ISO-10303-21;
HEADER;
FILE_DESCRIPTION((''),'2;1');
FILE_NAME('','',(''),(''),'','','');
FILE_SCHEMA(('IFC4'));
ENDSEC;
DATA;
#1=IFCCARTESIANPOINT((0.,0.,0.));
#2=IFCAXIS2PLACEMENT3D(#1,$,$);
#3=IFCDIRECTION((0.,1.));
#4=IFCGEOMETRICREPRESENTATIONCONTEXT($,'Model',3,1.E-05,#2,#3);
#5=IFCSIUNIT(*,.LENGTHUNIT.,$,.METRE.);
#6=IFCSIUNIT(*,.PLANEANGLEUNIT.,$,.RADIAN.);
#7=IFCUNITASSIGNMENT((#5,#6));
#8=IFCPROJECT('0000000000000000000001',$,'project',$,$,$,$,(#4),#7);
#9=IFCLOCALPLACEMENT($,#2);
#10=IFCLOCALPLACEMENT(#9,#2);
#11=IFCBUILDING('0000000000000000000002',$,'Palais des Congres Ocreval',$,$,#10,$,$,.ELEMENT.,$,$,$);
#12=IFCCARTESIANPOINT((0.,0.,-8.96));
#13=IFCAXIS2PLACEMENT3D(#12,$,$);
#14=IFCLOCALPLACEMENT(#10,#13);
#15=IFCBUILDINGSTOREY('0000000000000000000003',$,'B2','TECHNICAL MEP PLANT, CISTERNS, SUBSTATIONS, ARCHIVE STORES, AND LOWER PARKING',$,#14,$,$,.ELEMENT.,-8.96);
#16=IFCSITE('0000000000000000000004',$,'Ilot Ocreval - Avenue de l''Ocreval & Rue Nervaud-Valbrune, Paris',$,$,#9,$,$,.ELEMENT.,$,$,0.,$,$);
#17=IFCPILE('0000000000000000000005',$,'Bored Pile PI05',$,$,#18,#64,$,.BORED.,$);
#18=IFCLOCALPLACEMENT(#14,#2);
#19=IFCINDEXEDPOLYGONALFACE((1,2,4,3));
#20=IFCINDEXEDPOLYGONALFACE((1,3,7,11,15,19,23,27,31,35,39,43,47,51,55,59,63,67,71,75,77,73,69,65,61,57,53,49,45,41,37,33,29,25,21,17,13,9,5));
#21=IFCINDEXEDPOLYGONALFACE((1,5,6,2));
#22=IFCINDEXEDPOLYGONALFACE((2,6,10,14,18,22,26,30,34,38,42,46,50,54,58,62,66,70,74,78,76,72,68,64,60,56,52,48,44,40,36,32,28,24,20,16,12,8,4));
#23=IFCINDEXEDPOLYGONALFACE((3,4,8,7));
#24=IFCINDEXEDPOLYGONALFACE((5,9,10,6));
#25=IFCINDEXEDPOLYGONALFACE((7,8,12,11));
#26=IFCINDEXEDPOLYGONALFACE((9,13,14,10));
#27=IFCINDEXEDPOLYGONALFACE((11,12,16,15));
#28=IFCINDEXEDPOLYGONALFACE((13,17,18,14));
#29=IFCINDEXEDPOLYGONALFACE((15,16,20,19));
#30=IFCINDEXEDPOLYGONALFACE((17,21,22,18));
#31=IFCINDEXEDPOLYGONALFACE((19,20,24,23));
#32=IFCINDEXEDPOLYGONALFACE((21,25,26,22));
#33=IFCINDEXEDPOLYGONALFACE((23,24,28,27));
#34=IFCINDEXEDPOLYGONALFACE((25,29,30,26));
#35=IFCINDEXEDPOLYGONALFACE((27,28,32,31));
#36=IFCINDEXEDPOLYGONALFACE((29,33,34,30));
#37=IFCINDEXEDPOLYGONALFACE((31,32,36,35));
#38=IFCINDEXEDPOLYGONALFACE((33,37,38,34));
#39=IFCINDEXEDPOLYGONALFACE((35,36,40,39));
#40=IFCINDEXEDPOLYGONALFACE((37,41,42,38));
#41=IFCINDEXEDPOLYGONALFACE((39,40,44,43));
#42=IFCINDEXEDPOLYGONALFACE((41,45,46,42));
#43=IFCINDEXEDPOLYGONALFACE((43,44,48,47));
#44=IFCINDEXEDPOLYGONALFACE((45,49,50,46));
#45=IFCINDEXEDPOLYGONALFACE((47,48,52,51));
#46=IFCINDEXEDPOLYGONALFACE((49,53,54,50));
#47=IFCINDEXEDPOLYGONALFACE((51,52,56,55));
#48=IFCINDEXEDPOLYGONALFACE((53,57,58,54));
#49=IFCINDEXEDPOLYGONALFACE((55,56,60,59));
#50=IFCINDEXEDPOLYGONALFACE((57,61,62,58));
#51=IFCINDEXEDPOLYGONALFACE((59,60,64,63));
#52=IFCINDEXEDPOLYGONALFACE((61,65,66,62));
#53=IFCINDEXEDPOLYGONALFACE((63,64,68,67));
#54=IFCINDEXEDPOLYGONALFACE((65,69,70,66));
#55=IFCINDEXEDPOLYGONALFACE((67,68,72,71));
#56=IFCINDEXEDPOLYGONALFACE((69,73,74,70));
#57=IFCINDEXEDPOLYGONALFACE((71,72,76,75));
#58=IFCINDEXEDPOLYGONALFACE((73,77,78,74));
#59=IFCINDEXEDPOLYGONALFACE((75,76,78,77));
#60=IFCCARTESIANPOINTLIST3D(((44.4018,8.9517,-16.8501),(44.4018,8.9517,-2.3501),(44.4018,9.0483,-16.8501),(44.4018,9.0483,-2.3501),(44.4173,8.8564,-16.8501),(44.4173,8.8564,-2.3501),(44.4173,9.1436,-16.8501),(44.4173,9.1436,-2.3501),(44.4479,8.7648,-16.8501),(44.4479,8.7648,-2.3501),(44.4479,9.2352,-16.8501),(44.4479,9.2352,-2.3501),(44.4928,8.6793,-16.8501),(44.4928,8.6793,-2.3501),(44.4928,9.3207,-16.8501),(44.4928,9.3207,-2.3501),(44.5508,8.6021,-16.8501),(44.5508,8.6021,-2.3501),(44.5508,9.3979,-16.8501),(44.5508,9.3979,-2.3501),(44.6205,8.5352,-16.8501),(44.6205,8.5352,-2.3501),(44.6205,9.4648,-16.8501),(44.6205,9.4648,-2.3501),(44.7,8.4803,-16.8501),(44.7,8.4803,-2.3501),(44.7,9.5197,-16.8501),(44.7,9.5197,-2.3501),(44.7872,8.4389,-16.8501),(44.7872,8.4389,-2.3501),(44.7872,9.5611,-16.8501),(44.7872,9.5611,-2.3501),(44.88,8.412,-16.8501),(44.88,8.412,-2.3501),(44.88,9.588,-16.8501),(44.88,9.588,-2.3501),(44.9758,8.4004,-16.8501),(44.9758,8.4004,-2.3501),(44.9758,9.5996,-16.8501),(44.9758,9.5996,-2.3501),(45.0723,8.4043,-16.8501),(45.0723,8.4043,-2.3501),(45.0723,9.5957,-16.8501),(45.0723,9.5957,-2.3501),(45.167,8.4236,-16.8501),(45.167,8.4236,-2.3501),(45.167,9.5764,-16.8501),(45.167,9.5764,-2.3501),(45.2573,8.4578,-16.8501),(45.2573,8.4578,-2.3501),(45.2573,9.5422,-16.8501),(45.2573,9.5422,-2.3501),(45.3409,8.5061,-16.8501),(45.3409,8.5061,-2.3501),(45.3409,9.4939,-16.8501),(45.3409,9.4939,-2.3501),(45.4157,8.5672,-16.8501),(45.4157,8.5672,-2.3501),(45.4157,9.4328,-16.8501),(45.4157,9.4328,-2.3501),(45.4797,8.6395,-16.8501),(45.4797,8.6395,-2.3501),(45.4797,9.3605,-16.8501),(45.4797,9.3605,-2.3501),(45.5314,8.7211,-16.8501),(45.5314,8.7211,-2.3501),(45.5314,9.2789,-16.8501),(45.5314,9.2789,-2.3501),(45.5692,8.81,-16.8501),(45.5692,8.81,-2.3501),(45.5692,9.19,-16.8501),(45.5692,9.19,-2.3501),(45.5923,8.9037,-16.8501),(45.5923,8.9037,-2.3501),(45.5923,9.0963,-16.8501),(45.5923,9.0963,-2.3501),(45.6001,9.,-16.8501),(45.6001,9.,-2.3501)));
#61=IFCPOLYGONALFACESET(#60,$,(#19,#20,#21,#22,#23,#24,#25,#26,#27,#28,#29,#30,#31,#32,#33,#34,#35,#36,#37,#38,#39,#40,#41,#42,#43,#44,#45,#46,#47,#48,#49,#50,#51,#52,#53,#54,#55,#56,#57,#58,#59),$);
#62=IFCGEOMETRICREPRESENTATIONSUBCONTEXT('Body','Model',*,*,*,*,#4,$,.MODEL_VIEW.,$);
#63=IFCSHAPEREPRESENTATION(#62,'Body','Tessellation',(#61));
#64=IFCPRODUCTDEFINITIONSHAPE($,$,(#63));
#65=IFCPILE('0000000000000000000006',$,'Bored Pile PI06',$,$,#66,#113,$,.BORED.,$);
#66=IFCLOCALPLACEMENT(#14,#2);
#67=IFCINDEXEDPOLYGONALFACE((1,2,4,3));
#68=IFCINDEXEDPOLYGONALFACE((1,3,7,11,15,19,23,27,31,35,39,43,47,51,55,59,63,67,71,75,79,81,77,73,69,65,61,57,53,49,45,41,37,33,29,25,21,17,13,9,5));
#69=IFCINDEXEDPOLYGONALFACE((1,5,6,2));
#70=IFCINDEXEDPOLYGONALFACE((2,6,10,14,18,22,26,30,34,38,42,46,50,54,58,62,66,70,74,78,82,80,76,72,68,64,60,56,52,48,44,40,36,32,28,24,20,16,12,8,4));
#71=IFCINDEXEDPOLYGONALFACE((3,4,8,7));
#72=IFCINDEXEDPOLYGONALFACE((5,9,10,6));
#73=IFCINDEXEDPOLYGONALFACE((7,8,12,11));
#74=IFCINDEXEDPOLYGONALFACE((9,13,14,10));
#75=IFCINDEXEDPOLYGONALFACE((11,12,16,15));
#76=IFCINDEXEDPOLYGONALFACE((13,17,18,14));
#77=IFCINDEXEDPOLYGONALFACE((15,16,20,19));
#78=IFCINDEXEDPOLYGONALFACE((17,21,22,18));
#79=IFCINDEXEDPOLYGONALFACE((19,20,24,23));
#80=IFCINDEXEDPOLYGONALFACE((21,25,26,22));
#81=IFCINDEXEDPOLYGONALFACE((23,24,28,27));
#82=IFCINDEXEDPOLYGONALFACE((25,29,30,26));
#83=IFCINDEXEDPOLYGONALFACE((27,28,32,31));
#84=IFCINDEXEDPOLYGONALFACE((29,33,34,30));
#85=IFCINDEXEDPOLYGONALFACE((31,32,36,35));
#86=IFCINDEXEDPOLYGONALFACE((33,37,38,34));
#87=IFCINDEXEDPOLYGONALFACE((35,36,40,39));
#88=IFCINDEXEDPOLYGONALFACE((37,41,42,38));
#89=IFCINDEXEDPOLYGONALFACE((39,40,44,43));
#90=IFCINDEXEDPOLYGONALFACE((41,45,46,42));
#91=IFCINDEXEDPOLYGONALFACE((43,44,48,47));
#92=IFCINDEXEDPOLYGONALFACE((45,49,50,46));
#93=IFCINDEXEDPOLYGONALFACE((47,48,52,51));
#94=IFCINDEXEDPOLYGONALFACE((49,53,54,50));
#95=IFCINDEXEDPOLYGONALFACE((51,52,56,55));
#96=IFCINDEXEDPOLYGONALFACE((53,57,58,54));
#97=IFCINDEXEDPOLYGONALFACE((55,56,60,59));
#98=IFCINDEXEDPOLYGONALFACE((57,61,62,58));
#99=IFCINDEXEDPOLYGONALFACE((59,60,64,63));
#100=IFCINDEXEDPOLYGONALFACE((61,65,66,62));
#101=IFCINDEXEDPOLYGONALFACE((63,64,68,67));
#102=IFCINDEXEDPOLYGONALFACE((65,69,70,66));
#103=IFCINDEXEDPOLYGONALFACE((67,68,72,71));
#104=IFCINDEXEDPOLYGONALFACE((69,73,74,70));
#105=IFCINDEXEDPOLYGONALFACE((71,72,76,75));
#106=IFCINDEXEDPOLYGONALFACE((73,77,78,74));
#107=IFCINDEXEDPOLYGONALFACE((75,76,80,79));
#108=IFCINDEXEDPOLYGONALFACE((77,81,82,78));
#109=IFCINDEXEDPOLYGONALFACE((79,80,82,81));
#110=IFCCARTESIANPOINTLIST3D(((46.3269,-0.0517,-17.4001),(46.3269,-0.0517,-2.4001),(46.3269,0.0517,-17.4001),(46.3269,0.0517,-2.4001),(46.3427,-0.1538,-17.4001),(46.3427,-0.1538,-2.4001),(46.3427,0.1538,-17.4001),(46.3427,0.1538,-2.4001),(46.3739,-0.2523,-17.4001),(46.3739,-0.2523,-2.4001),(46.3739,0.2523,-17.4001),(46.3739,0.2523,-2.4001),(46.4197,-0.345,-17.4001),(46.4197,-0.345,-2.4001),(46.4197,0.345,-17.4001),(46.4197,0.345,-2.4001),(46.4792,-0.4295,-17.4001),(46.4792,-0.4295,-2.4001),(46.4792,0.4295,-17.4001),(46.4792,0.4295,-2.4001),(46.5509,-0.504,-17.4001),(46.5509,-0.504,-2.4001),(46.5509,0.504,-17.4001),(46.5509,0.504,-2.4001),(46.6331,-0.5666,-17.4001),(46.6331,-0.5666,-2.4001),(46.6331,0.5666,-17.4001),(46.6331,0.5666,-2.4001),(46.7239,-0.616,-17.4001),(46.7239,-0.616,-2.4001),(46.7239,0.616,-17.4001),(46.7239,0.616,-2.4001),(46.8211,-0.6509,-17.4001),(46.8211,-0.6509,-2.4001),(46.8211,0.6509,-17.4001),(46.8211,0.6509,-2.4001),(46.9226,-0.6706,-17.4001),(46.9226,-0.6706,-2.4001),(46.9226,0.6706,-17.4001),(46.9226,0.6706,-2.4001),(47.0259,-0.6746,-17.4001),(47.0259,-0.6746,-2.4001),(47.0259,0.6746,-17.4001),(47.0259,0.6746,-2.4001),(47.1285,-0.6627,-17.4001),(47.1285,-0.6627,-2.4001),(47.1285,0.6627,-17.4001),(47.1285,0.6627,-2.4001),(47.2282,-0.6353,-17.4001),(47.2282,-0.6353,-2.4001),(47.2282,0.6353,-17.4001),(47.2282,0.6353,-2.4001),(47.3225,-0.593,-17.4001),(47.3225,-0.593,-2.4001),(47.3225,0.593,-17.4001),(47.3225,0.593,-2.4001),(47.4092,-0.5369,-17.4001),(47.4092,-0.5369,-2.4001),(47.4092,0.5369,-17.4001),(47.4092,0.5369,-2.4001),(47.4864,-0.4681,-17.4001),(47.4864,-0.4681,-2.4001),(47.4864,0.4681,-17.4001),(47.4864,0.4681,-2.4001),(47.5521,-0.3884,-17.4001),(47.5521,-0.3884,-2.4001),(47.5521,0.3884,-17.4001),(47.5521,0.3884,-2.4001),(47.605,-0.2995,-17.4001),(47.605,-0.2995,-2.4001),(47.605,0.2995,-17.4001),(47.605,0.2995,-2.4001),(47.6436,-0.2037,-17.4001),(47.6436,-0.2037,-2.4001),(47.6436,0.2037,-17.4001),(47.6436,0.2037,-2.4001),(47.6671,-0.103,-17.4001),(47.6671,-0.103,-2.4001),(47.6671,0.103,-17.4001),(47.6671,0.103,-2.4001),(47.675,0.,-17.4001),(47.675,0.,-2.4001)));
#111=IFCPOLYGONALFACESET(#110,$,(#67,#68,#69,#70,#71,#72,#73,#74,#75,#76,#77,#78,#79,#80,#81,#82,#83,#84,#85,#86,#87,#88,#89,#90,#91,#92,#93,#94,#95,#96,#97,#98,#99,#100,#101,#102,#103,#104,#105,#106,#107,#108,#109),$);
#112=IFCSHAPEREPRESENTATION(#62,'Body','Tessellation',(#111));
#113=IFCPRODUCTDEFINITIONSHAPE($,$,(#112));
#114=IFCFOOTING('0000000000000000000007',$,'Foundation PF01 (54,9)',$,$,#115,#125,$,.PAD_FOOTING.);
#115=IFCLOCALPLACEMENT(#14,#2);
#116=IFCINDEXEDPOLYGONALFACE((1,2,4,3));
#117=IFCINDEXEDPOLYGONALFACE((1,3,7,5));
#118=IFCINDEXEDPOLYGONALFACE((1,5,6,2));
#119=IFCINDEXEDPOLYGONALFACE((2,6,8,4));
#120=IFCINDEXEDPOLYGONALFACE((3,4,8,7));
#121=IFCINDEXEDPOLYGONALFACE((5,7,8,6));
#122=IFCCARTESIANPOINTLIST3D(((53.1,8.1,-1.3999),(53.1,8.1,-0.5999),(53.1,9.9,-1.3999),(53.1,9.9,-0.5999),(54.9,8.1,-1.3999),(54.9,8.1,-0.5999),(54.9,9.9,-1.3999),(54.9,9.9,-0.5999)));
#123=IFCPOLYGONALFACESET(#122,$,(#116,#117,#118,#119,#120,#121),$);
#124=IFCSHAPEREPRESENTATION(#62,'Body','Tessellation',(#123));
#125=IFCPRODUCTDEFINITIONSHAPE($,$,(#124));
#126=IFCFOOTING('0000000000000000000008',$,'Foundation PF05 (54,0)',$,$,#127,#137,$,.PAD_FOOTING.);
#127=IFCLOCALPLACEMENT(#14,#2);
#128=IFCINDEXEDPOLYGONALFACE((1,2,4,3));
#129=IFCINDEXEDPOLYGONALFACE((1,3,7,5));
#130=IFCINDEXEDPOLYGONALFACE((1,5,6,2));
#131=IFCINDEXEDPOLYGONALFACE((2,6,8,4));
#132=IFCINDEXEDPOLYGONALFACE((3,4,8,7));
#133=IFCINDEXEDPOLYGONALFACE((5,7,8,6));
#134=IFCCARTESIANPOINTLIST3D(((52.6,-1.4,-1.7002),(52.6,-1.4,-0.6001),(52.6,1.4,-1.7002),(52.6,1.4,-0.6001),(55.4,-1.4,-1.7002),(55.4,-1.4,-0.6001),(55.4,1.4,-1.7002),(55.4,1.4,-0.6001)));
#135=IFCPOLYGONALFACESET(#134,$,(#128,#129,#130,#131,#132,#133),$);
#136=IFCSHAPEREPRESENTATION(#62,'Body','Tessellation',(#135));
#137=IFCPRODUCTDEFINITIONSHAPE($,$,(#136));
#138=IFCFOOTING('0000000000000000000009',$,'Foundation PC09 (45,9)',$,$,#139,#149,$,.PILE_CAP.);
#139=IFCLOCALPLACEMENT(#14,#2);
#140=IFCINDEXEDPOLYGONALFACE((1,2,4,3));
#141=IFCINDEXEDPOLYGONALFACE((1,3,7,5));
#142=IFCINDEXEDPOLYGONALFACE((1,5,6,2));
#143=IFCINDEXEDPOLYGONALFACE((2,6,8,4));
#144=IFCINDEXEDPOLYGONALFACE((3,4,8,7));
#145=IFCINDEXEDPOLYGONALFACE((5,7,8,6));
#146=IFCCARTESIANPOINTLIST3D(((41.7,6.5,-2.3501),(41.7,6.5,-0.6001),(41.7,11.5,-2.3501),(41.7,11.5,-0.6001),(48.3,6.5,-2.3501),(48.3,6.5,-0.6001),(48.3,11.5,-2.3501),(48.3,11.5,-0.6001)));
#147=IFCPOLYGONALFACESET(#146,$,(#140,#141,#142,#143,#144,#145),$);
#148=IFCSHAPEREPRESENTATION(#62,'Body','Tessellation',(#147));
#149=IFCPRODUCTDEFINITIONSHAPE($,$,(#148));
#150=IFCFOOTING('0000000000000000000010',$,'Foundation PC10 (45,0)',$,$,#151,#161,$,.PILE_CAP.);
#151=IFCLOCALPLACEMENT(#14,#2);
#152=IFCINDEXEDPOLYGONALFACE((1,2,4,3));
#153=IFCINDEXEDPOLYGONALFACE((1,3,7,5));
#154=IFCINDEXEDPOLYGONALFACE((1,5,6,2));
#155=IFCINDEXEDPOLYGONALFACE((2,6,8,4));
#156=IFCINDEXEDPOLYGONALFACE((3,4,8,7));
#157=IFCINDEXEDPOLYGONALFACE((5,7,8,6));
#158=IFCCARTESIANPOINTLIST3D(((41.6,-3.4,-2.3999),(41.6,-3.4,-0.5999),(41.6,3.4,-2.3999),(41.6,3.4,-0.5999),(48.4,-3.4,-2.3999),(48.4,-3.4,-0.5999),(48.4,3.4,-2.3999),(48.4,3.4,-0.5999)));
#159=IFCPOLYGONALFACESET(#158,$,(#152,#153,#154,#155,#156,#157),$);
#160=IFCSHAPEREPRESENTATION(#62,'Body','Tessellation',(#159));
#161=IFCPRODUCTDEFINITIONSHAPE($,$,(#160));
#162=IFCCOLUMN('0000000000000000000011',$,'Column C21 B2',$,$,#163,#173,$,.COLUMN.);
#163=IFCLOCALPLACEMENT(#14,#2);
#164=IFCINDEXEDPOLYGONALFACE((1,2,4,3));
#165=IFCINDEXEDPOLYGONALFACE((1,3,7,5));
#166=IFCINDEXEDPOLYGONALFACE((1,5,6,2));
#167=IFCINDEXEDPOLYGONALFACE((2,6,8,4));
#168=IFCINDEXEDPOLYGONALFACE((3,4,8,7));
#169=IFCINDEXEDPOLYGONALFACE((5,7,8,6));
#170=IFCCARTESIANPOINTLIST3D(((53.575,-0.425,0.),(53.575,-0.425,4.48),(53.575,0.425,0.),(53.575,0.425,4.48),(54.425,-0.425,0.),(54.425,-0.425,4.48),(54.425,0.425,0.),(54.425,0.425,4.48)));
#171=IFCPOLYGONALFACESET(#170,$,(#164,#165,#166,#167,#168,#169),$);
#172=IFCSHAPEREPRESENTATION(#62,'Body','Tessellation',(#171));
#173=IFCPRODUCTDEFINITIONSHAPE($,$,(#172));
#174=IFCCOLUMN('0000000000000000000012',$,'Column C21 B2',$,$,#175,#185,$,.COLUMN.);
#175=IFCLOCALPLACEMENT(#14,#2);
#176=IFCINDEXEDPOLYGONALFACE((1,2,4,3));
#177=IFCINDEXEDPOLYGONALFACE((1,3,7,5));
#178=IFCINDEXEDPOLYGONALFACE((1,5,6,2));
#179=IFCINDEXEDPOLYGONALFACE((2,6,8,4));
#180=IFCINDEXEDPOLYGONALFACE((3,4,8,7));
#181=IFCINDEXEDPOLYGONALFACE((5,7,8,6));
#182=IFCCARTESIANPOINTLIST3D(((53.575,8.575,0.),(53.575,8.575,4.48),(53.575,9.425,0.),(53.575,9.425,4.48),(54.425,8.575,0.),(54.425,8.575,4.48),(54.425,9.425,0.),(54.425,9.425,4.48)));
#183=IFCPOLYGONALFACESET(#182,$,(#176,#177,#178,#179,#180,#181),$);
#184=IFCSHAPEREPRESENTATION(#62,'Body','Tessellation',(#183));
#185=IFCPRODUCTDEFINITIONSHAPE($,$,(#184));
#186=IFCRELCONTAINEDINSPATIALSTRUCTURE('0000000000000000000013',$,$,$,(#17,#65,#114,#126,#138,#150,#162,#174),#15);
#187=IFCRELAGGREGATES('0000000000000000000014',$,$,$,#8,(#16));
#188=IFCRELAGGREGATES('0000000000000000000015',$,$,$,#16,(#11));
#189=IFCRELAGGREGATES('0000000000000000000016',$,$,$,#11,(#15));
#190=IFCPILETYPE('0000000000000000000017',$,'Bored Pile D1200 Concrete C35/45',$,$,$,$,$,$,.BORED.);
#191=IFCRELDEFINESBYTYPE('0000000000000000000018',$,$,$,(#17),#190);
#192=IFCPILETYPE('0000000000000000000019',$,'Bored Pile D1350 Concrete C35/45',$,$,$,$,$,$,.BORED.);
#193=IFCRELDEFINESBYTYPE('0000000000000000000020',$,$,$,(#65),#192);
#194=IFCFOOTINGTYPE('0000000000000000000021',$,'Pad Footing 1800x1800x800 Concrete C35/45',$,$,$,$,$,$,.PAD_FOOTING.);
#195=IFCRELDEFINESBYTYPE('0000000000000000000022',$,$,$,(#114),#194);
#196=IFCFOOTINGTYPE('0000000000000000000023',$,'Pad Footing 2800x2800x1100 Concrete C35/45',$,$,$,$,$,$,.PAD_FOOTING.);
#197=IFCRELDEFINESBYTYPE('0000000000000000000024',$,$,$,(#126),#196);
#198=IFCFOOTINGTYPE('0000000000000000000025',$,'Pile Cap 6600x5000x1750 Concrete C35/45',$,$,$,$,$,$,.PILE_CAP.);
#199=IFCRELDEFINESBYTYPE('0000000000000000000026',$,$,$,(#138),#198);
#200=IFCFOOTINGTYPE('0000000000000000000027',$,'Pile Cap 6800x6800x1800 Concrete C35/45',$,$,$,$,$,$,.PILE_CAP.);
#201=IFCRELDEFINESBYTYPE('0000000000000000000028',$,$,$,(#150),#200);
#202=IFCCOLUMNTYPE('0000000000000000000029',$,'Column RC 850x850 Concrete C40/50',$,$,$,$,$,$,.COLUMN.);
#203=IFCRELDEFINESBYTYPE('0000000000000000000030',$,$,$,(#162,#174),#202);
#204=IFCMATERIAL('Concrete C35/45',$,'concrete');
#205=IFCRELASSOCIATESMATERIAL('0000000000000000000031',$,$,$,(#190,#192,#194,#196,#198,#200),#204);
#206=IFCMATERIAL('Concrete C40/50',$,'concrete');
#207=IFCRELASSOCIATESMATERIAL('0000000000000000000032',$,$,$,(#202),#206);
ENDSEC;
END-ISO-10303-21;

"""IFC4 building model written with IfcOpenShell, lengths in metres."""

from ifc_helpers import new_model, si_unit, direction, frame, origin, origin_2d, place, context, subcontext, project, spatial, rectangle, circle, extrude, material, material_profile, profile_set, type_object, element, save


model = new_model("IFC4")

# Units and contexts
model_context = context("Model", 3, precision=1e-05, world=origin(), true_north=direction((0.0, 1.0)))
body_context = subcontext(model_context, "Body", "Model", "MODEL_VIEW")
ifc_project = project(units=[si_unit("LENGTHUNIT", "METRE"), si_unit("PLANEANGLEUNIT", "RADIAN")], contexts=[model_context])

# Site, building, storey
site_placement = place(None, origin())
site = spatial("IfcSite", under=ifc_project, at=site_placement, Name="Ilot Ocreval - Avenue de l'Ocreval & Rue Nervaud-Valbrune, Paris", CompositionType="ELEMENT", RefElevation=0.0)
building_placement = place(site_placement, origin())
building = spatial("IfcBuilding", under=site, at=building_placement, Name="Palais des Congres Ocreval", CompositionType="ELEMENT")
storey_placement = place(building_placement, frame((0.0, 0.0, -8.96)))
storey = spatial("IfcBuildingStorey", under=building, at=storey_placement, Name="B2", Description="TECHNICAL MEP PLANT, CISTERNS, SUBSTATIONS, ARCHIVE STORES, AND LOWER PARKING", CompositionType="ELEMENT", Elevation=-8.96)

# Piles
ifc_material_1 = material(Name="Concrete C35/45", Category="concrete")
ifc_material_profile_1 = material_profile(ifc_material_1, circle(Radius=0.6001, at=origin_2d()), Name="BORED PILE 1200")
ifc_profile_set_1 = profile_set([ifc_material_profile_1], Name="Concrete C35/45")
pile_type_1 = type_object("IfcPileType", Name="Bored Pile D1200 Concrete C35/45", PredefinedType="BORED", material=ifc_profile_set_1)
pile_1_placement = place(storey_placement, frame((45.0, 9.0, -2.3501), z_axis=(0.0, 0.0, -1.0), x_axis=(1.0, 0.0, 0.0)))
element("IfcPile", 1, at=pile_1_placement, inside=storey, type_object=pile_type_1, Name="Bored Pile PI05", PredefinedType="BORED", context=body_context, shape_type="SweptSolid", body=[
    extrude(circle(Radius=0.6001, at=origin_2d()), origin(), (0.0, 0.0, 1.0), 14.5),
])
ifc_material_profile_2 = material_profile(ifc_material_1, circle(Radius=0.675, at=origin_2d()), Name="BORED PILE 1350")
ifc_profile_set_2 = profile_set([ifc_material_profile_2], Name="Concrete C35/45")
pile_type_2 = type_object("IfcPileType", Name="Bored Pile D1350 Concrete C35/45", PredefinedType="BORED", material=ifc_profile_set_2)
pile_2_placement = place(storey_placement, frame((47.0, 0.0, -2.4001), z_axis=(0.0, 0.0, -1.0), x_axis=(1.0, 0.0, 0.0)))
element("IfcPile", 2, at=pile_2_placement, inside=storey, type_object=pile_type_2, Name="Bored Pile PI06", PredefinedType="BORED", context=body_context, shape_type="SweptSolid", body=[
    extrude(circle(Radius=0.675, at=origin_2d()), origin(), (0.0, 0.0, 1.0), 15.0),
])

# Footings
footing_type_1 = type_object("IfcFootingType", Name="Pad Footing 1800x1800x800 Concrete C35/45", PredefinedType="PAD_FOOTING", material=ifc_material_1)
footing_1_placement = place(storey_placement, frame((54.0, 9.0, -1.3999), z_axis=(0.0, 0.0, 1.0), x_axis=(1.0, 0.0, 0.0)))
element("IfcFooting", 3, at=footing_1_placement, inside=storey, type_object=footing_type_1, Name="Foundation PF01 (54,9)", PredefinedType="PAD_FOOTING", context=body_context, shape_type="SweptSolid", body=[
    extrude(rectangle(XDim=1.8, YDim=1.8, at=origin_2d()), origin(), (0.0, 0.0, 1.0), 0.8),
])
footing_type_2 = type_object("IfcFootingType", Name="Pad Footing 2800x2800x1100 Concrete C35/45", PredefinedType="PAD_FOOTING", material=ifc_material_1)
footing_2_placement = place(storey_placement, frame((54.0, 0.0, -1.7002), z_axis=(0.0, 0.0, 1.0), x_axis=(1.0, 0.0, 0.0)))
element("IfcFooting", 4, at=footing_2_placement, inside=storey, type_object=footing_type_2, Name="Foundation PF05 (54,0)", PredefinedType="PAD_FOOTING", context=body_context, shape_type="SweptSolid", body=[
    extrude(rectangle(XDim=2.8, YDim=2.8, at=origin_2d()), origin(), (0.0, 0.0, 1.0), 1.1001),
])
footing_type_3 = type_object("IfcFootingType", Name="Pile Cap 6600x5000x1750 Concrete C35/45", PredefinedType="PILE_CAP", material=ifc_material_1)
footing_3_placement = place(storey_placement, frame((45.0, 9.0, -2.3501), z_axis=(0.0, 0.0, 1.0), x_axis=(1.0, 0.0, 0.0)))
element("IfcFooting", 5, at=footing_3_placement, inside=storey, type_object=footing_type_3, Name="Foundation PC09 (45,9)", PredefinedType="PILE_CAP", context=body_context, shape_type="SweptSolid", body=[
    extrude(rectangle(XDim=6.6001, YDim=5.0, at=origin_2d()), origin(), (0.0, 0.0, 1.0), 1.75),
])
footing_type_4 = type_object("IfcFootingType", Name="Pile Cap 6800x6800x1800 Concrete C35/45", PredefinedType="PILE_CAP", material=ifc_material_1)
footing_4_placement = place(storey_placement, frame((45.0, 0.0, -2.3999), z_axis=(0.0, 0.0, 1.0), x_axis=(1.0, 0.0, 0.0)))
element("IfcFooting", 6, at=footing_4_placement, inside=storey, type_object=footing_type_4, Name="Foundation PC10 (45,0)", PredefinedType="PILE_CAP", context=body_context, shape_type="SweptSolid", body=[
    extrude(rectangle(XDim=6.8, YDim=6.8, at=origin_2d()), origin(), (0.0, 0.0, 1.0), 1.8),
])

# Columns
ifc_material_2 = material(Name="Concrete C40/50", Category="concrete")
ifc_material_profile_3 = material_profile(ifc_material_2, rectangle(XDim=0.8501, YDim=0.8501, at=origin_2d()), Name="RC 850x850")
ifc_profile_set_3 = profile_set([ifc_material_profile_3], Name="Concrete C40/50")
column_type_1 = type_object("IfcColumnType", Name="Column RC 850x850 Concrete C40/50", PredefinedType="COLUMN", material=ifc_profile_set_3)
for number, where, z_axis, x_axis, name in (
    (7, (54.0, 0.0, 0.0), (0.0, 0.0, 1.0), (1.0, 0.0, 0.0), "Column C21 B2"),
    (8, (54.0, 9.0, 0.0), (0.0, 0.0, 1.0), (1.0, 0.0, 0.0), "Column C21 B2"),
):
    element("IfcColumn", number, at=place(storey_placement, frame(where, z_axis=z_axis, x_axis=x_axis)), inside=storey, type_object=column_type_1, Name=name, PredefinedType="COLUMN", context=body_context, shape_type="SweptSolid", body=[
        extrude(rectangle(XDim=0.8501, YDim=0.8501, at=origin_2d()), origin(), (0.0, 0.0, 1.0), 4.48),
    ])

save(model, "model.ifc")
